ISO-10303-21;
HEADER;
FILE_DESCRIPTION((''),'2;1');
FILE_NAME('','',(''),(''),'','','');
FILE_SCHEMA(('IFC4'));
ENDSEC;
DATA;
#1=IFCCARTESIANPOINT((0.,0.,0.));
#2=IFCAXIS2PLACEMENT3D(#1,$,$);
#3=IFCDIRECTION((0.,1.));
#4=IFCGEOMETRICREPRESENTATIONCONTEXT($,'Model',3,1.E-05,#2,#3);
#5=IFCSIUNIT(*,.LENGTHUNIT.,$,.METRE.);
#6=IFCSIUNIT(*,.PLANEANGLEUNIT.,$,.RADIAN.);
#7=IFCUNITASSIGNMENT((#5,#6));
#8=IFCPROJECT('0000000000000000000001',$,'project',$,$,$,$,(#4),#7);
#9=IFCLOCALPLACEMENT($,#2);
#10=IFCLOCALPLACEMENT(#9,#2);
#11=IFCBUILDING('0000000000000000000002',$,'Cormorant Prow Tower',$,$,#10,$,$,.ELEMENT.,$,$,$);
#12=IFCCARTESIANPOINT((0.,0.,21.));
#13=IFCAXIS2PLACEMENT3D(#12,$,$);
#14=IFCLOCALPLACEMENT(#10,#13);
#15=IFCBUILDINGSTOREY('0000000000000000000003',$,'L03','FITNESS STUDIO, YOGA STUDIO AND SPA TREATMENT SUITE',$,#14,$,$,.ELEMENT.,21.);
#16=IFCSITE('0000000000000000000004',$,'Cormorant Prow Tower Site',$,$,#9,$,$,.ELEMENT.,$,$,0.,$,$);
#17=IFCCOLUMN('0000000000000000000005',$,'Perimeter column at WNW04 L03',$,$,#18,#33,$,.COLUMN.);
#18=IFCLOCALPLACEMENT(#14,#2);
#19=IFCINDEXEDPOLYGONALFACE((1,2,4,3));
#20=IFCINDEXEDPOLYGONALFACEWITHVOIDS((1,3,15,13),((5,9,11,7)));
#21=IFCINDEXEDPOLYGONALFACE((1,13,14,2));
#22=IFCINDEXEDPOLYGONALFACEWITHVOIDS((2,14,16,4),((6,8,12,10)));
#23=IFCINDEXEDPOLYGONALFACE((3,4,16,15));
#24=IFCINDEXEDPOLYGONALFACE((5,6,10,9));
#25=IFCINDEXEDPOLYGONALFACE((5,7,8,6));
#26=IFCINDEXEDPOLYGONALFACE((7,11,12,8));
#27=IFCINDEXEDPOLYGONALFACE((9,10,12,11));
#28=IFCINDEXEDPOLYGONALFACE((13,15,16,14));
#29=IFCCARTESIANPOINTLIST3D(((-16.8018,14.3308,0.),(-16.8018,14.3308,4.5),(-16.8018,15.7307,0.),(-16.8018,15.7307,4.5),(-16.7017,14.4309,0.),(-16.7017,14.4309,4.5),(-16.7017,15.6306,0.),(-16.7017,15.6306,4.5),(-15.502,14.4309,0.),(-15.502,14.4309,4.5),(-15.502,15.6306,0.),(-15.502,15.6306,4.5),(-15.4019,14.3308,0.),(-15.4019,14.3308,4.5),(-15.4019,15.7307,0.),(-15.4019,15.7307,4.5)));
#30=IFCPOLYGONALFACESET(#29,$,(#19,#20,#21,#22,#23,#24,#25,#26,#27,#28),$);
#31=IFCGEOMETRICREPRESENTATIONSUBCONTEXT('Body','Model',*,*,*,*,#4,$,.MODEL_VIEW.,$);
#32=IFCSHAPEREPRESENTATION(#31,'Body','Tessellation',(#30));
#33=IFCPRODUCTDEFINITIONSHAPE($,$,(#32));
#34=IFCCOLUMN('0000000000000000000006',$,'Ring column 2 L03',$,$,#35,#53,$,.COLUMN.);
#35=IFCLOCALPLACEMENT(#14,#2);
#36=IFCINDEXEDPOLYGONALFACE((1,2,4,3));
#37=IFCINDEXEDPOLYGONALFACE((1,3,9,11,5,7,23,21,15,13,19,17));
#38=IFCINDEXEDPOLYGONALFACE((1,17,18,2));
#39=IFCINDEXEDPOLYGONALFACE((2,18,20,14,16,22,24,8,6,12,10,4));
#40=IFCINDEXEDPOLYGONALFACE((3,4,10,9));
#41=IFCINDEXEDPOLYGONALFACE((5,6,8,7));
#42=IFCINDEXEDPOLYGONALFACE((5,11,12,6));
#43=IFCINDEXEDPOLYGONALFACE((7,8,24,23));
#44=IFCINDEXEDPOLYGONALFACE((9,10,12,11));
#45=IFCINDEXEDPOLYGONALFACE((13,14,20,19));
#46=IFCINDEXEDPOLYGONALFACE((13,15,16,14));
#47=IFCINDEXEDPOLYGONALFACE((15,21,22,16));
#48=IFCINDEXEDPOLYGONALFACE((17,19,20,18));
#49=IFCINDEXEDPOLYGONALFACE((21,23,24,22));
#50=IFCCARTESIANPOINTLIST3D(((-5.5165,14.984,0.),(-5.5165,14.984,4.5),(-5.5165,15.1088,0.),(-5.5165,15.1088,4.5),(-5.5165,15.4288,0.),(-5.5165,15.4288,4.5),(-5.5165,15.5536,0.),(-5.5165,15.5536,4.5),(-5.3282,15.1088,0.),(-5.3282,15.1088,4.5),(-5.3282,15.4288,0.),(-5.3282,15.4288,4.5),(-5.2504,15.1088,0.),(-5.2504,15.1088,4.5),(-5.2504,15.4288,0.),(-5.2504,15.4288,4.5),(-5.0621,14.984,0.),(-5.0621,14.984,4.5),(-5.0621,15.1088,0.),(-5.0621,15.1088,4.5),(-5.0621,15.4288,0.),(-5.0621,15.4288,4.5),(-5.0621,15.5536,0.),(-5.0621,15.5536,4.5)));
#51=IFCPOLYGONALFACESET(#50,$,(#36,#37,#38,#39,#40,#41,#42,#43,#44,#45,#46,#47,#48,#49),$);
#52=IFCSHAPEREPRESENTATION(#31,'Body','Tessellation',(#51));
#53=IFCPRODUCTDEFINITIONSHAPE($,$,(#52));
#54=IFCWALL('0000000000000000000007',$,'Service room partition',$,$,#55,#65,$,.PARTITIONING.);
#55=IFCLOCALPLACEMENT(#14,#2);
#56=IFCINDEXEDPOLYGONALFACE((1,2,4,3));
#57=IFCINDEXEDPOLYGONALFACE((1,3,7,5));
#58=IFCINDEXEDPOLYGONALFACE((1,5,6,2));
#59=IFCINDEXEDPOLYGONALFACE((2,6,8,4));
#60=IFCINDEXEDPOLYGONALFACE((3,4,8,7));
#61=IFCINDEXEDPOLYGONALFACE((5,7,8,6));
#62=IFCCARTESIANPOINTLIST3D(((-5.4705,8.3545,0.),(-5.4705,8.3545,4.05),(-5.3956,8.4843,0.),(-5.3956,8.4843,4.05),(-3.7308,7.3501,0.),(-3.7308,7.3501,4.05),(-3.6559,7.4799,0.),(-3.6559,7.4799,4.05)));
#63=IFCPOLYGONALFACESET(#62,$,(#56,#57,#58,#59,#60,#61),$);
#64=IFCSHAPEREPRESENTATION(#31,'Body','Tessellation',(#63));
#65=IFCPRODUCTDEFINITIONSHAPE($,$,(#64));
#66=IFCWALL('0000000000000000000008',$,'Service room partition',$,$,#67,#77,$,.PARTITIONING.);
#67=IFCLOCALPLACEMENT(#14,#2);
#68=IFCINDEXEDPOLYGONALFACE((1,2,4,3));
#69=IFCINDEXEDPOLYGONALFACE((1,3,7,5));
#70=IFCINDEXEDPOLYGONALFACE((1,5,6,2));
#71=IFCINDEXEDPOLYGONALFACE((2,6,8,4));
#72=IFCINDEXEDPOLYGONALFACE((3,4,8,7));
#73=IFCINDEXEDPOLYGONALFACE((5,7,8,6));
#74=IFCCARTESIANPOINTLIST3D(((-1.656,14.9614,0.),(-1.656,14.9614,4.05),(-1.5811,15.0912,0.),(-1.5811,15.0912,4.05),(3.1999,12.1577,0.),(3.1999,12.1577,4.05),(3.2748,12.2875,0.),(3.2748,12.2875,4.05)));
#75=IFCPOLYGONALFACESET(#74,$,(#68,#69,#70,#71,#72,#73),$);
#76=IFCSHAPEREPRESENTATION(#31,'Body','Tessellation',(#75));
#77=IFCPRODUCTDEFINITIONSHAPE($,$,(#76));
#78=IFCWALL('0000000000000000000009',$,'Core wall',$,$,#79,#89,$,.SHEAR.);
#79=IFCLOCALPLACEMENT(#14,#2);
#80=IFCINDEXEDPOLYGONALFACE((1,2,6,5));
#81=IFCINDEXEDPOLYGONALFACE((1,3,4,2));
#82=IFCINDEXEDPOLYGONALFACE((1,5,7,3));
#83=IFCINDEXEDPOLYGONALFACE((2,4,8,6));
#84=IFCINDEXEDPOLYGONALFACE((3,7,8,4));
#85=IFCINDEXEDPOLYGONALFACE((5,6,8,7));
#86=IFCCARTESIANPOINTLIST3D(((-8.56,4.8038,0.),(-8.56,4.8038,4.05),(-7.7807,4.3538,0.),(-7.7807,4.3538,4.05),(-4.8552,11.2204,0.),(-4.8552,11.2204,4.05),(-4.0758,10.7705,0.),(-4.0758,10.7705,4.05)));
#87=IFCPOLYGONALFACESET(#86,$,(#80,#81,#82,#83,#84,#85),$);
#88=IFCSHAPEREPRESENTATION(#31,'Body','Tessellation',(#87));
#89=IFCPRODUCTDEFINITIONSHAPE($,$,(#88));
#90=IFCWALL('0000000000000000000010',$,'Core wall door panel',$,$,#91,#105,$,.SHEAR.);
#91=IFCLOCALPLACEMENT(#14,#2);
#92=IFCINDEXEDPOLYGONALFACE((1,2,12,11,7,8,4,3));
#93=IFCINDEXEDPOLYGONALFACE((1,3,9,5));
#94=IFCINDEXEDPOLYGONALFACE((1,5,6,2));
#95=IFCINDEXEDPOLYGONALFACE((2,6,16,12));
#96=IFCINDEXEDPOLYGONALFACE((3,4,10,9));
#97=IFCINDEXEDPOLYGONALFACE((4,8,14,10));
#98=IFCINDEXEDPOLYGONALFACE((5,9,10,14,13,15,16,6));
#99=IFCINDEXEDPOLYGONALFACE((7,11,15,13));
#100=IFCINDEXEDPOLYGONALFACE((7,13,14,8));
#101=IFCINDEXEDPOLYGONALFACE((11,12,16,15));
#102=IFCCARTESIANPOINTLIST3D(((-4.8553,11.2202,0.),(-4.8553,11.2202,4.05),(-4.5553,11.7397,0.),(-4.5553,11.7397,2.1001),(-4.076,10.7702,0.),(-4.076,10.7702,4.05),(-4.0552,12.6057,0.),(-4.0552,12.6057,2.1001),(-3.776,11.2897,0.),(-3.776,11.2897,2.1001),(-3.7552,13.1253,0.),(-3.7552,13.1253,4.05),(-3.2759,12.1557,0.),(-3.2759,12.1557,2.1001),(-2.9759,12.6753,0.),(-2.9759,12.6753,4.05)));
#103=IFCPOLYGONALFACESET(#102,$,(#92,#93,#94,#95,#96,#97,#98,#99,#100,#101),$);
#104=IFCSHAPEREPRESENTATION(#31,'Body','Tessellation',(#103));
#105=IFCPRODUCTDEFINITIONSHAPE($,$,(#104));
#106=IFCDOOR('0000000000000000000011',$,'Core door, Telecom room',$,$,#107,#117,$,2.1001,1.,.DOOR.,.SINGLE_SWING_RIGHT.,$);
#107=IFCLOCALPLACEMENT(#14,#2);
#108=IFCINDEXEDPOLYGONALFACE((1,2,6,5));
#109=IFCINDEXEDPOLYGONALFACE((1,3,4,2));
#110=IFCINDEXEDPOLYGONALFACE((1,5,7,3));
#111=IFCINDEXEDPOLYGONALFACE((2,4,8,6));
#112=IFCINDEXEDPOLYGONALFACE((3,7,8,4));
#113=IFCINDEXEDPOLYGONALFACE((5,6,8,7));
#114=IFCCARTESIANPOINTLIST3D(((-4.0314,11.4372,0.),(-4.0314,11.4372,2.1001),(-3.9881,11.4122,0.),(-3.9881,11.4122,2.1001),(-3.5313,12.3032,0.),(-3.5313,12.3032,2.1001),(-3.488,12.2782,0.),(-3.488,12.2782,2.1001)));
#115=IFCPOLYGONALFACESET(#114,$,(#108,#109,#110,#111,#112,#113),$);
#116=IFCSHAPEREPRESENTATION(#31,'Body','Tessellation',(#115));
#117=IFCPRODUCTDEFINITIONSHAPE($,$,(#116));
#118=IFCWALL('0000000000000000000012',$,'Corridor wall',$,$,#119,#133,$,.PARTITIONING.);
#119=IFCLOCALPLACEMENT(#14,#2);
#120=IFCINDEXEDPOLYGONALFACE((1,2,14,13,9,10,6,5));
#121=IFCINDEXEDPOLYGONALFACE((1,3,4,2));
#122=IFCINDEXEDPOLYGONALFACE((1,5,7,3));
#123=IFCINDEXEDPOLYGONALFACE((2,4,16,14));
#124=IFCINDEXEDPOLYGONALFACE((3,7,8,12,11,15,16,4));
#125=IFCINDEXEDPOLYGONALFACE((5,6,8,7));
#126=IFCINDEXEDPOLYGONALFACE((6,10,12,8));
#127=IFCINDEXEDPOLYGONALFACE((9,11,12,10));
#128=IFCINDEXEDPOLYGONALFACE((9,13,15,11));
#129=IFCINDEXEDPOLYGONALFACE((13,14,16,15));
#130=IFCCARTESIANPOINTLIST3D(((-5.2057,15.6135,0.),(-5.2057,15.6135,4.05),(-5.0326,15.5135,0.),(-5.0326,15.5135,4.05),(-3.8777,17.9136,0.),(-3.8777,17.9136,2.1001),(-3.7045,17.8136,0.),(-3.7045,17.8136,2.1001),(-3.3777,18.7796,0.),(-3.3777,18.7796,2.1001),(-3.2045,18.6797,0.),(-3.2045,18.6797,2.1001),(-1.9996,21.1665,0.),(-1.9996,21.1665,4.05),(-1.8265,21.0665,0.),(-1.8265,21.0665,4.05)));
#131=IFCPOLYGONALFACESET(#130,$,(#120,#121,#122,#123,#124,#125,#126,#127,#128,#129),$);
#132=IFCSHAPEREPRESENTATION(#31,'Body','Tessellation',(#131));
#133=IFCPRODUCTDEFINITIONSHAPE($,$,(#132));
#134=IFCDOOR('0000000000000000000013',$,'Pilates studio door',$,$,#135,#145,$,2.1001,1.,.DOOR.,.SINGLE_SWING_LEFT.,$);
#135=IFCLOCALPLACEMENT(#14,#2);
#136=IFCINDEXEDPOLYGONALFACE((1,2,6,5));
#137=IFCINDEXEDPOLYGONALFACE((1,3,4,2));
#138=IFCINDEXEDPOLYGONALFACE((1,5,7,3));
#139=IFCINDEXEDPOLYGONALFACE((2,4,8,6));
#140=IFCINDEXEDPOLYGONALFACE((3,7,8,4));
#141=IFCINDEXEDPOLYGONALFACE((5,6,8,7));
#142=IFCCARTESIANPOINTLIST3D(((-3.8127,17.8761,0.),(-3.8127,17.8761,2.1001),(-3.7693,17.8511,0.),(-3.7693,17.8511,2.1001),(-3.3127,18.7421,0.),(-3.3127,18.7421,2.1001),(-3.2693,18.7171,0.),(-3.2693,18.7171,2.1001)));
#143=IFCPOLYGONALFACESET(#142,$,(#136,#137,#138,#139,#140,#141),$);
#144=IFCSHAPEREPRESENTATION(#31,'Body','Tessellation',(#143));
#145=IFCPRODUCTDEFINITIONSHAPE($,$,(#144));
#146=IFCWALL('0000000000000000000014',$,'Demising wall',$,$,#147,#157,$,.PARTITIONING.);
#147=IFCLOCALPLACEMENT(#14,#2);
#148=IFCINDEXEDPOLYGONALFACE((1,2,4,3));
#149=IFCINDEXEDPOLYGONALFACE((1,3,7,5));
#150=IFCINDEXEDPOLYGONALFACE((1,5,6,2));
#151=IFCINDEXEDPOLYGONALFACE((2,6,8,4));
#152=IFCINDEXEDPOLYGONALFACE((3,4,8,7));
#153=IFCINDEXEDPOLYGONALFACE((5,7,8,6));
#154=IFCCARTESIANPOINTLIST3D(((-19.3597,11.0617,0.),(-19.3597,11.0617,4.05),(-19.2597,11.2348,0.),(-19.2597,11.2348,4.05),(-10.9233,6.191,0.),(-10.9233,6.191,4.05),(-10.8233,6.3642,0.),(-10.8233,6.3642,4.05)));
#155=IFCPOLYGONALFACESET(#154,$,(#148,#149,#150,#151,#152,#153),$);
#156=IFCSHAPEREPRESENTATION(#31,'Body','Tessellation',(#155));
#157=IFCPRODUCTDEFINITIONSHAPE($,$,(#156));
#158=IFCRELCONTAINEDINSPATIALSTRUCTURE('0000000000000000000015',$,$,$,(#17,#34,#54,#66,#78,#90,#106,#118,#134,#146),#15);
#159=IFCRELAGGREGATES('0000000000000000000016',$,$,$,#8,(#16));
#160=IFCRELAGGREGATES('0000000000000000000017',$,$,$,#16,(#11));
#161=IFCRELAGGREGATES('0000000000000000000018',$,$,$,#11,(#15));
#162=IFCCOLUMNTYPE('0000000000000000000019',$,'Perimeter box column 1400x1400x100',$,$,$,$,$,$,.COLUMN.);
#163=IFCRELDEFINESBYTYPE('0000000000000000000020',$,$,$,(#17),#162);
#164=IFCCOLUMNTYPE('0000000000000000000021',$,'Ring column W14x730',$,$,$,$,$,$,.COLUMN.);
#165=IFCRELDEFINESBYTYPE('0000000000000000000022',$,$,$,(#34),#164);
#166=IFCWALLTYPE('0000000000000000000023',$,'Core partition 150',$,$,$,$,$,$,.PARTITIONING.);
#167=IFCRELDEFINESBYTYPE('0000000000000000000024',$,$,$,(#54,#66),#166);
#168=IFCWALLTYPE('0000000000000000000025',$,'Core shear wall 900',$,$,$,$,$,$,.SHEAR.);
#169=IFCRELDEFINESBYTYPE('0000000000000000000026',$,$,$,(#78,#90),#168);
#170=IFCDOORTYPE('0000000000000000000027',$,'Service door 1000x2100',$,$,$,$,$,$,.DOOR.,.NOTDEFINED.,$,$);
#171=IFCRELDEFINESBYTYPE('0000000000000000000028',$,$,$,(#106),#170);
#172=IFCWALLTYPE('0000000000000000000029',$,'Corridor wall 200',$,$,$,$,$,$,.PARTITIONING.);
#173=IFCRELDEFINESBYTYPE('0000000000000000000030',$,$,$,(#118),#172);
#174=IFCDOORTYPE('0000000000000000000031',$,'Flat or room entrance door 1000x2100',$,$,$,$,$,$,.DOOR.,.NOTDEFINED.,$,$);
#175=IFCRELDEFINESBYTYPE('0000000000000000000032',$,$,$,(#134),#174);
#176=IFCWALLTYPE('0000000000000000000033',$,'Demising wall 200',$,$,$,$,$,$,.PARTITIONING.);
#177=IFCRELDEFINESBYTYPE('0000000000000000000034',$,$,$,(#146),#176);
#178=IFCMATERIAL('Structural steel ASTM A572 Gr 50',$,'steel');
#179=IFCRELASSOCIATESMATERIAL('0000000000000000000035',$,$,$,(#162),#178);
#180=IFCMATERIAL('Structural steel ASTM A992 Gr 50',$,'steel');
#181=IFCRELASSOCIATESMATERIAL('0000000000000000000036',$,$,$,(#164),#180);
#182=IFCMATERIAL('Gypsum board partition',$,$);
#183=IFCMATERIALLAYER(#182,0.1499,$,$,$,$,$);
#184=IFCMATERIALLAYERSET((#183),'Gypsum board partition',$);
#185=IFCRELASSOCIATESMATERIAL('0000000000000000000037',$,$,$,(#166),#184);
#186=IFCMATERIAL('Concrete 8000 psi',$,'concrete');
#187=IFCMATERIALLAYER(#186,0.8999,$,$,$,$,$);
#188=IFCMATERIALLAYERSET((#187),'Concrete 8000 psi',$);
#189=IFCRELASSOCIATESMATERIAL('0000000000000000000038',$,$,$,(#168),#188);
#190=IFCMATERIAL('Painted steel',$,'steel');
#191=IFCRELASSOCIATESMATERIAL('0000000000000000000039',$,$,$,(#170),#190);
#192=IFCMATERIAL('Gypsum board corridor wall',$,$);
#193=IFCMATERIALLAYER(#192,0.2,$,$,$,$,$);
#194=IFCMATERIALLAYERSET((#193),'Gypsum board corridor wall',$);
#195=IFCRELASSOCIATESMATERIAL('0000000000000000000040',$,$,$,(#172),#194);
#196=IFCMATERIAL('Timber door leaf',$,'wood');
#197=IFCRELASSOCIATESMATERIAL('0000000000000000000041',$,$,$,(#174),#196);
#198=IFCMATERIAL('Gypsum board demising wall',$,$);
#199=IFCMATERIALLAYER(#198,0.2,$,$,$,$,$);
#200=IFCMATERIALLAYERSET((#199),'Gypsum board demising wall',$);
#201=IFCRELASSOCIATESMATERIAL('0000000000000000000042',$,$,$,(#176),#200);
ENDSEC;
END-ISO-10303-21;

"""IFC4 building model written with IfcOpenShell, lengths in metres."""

from ifc_helpers import new_model, si_unit, direction, frame, frame_2d, origin, origin_2d, place, context, subcontext, project, spatial, rectangle, hollow_rectangle, i_section, extrude, material, layer, layer_set, material_profile, profile_set, type_object, element, fill, save


model = new_model("IFC4")

# Units and contexts
model_context = context("Model", 3, precision=1e-05, world=origin(), true_north=direction((0.0, 1.0)))
body_context = subcontext(model_context, "Body", "Model", "MODEL_VIEW")
ifc_project = project(units=[si_unit("LENGTHUNIT", "METRE"), si_unit("PLANEANGLEUNIT", "RADIAN")], contexts=[model_context])

# Site, building, storey
site_placement = place(None, origin())
site = spatial("IfcSite", under=ifc_project, at=site_placement, Name="Cormorant Prow Tower Site", CompositionType="ELEMENT", RefElevation=0.0)
building_placement = place(site_placement, origin())
building = spatial("IfcBuilding", under=site, at=building_placement, Name="Cormorant Prow Tower", CompositionType="ELEMENT")
storey_placement = place(building_placement, frame((0.0, 0.0, 21.0)))
storey = spatial("IfcBuildingStorey", under=building, at=storey_placement, Name="L03", Description="FITNESS STUDIO, YOGA STUDIO AND SPA TREATMENT SUITE", CompositionType="ELEMENT", Elevation=21.0)

# Columns
ifc_material_1 = material(Name="Structural steel ASTM A572 Gr 50", Category="steel")
ifc_material_profile_1 = material_profile(ifc_material_1, hollow_rectangle(XDim=1.3999, YDim=1.3999, WallThickness=0.1001, at=origin_2d()), Name="Box 1400x1400x100")
ifc_profile_set_1 = profile_set([ifc_material_profile_1], Name="Structural steel ASTM A572 Gr 50")
column_type_1 = type_object("IfcColumnType", Name="Perimeter box column 1400x1400x100", PredefinedType="COLUMN", material=ifc_profile_set_1)
column_1_placement = place(storey_placement, frame((-16.1018, 15.0308, 0.0), z_axis=(0.0, 0.0, 1.0), x_axis=(1.0, 0.0, 0.0)))
element("IfcColumn", 1, at=column_1_placement, inside=storey, type_object=column_type_1, Name="Perimeter column at WNW04 L03", PredefinedType="COLUMN", context=body_context, shape_type="SweptSolid", body=[
    extrude(hollow_rectangle(XDim=1.3999, YDim=1.3999, WallThickness=0.1001, at=origin_2d()), origin(), (0.0, 0.0, 1.0), 4.5),
])
ifc_material_2 = material(Name="Structural steel ASTM A992 Gr 50", Category="steel")
ifc_material_profile_2 = material_profile(ifc_material_2, i_section(OverallWidth=0.4543, OverallDepth=0.5696, WebThickness=0.0779, FlangeThickness=0.1248, at=origin_2d()), Name="W14x730")
ifc_profile_set_2 = profile_set([ifc_material_profile_2], Name="Structural steel ASTM A992 Gr 50")
column_type_2 = type_object("IfcColumnType", Name="Ring column W14x730", PredefinedType="COLUMN", material=ifc_profile_set_2)
column_2_placement = place(storey_placement, frame((-5.2893, 15.2688, 0.0), z_axis=(0.0, 0.0, 1.0), x_axis=(1.0, 0.0, 0.0)))
element("IfcColumn", 2, at=column_2_placement, inside=storey, type_object=column_type_2, Name="Ring column 2 L03", PredefinedType="COLUMN", context=body_context, shape_type="SweptSolid", body=[
    extrude(i_section(OverallWidth=0.4543, OverallDepth=0.5696, WebThickness=0.0779, FlangeThickness=0.1248, at=origin_2d()), origin(), (0.0, 0.0, 1.0), 4.5),
])

# Walls
ifc_material_3 = material(Name="Gypsum board partition")
ifc_layer_1 = layer(ifc_material_3, 0.1499)
ifc_layer_set_1 = layer_set([ifc_layer_1], Name="Gypsum board partition")
wall_type_1 = type_object("IfcWallType", Name="Core partition 150", PredefinedType="PARTITIONING", material=ifc_layer_set_1)
wall_1_placement = place(storey_placement, frame((-3.6934, 7.415, 0.0), z_axis=(0.0, 0.0, 1.0), x_axis=(-0.866036, 0.499982, 0.0)))
element("IfcWall", 3, at=wall_1_placement, inside=storey, type_object=wall_type_1, Name="Service room partition", PredefinedType="PARTITIONING", context=body_context, shape_type="SweptSolid", body=[
    extrude(rectangle(XDim=2.0088, YDim=0.1499, at=frame_2d((1.0044, 0.0))), origin(), (0.0, 0.0, 1.0), 4.05),
])
wall_2_placement = place(storey_placement, frame((-1.6187, 15.0264, 0.0), z_axis=(0.0, 0.0, 1.0), x_axis=(0.866016, -0.500016, 0.0)))
element("IfcWall", 4, at=wall_2_placement, inside=storey, type_object=wall_type_1, Name="Service room partition", PredefinedType="PARTITIONING", context=body_context, shape_type="SweptSolid", body=[
    extrude(rectangle(XDim=5.6072, YDim=0.1499, at=frame_2d((2.8037, 0.0))), origin(), (0.0, 0.0, 1.0), 4.05),
])
ifc_material_4 = material(Name="Concrete 8000 psi", Category="concrete")
ifc_layer_2 = layer(ifc_material_4, 0.8999)
ifc_layer_set_2 = layer_set([ifc_layer_2], Name="Concrete 8000 psi")
wall_type_2 = type_object("IfcWallType", Name="Core shear wall 900", PredefinedType="SHEAR", material=ifc_layer_set_2)
wall_3_placement = place(storey_placement, frame((-4.4656, 10.9954, 0.0), z_axis=(0.0, 0.0, 1.0), x_axis=(-0.500012, -0.866018, 0.0)))
element("IfcWall", 5, at=wall_3_placement, inside=storey, type_object=wall_type_2, Name="Core wall", PredefinedType="SHEAR", context=body_context, shape_type="SweptSolid", body=[
    extrude(rectangle(XDim=7.4094, YDim=0.8999, at=frame_2d((3.7046, 0.0))), origin(), (0.0, 0.0, 1.0), 4.05),
])

# Walls, openings, doors
wall_4_placement = place(storey_placement, frame((-3.3655, 12.9004, 0.0), z_axis=(0.0, 0.0, 1.0), x_axis=(-0.500078, -0.86598, 0.0)))
wall_4 = element("IfcWall", 6, at=wall_4_placement, inside=storey, type_object=wall_type_2, Name="Core wall door panel", PredefinedType="SHEAR", context=body_context, shape_type="SweptSolid", body=[
    extrude(rectangle(XDim=2.2, YDim=0.8999, at=frame_2d((1.1001, 0.0))), origin(), (0.0, 0.0, 1.0), 4.05),
])
opening_1_placement = place(wall_4_placement, frame((0.6001, 0.0, 0.0)))
opening_1 = element("IfcOpeningElement", 7, at=opening_1_placement, cuts=wall_4, PredefinedType="OPENING", context=body_context, shape_type="SweptSolid", body=[
    extrude(rectangle(XDim=1.0, YDim=2.1001, at=frame_2d((0.5, 1.05))), frame((0.0, 0.46, 0.0), z_axis=(0.0, -1.0, 0.0), x_axis=(1.0, 0.0, 0.0)), (0.0, 0.0, 1.0), 0.9199),
])
ifc_material_5 = material(Name="Painted steel", Category="steel")
door_type_1 = type_object("IfcDoorType", Name="Service door 1000x2100", OperationType="NOTDEFINED", PredefinedType="DOOR", material=ifc_material_5)
door_1_placement = place(opening_1_placement, origin())
door_1 = element("IfcDoor", 8, at=door_1_placement, inside=storey, type_object=door_type_1, Name="Core door, Telecom room", OperationType="SINGLE_SWING_RIGHT", OverallHeight=2.1001, OverallWidth=1.0, PredefinedType="DOOR", context=body_context, shape_type="SweptSolid", body=[
    extrude(rectangle(XDim=1.0, YDim=2.1001, at=frame_2d((0.5, 1.05))), frame((0.0, 0.2051, 0.0), z_axis=(0.0, -1.0, 0.0), x_axis=(1.0, 0.0, 0.0)), (0.0, 0.0, 1.0), 0.05),
])
fill(opening_1, door_1)
ifc_material_6 = material(Name="Gypsum board corridor wall")
ifc_layer_3 = layer(ifc_material_6, 0.2)
ifc_layer_set_3 = layer_set([ifc_layer_3], Name="Gypsum board corridor wall")
wall_type_3 = type_object("IfcWallType", Name="Corridor wall 200", PredefinedType="PARTITIONING", material=ifc_layer_set_3)
wall_5_placement = place(storey_placement, frame((-5.1191, 15.5635, 0.0), z_axis=(0.0, 0.0, 1.0), x_axis=(0.500005, 0.866023, 0.0)))
wall_5 = element("IfcWall", 9, at=wall_5_placement, inside=storey, type_object=wall_type_3, Name="Corridor wall", PredefinedType="PARTITIONING", context=body_context, shape_type="SweptSolid", body=[
    extrude(rectangle(XDim=6.4121, YDim=0.2, at=frame_2d((3.2061, 0.0))), origin(), (0.0, 0.0, 1.0), 4.05),
])
opening_2_placement = place(wall_5_placement, frame((2.656, 0.0, 0.0)))
opening_2 = element("IfcOpeningElement", 10, at=opening_2_placement, cuts=wall_5, PredefinedType="OPENING", context=body_context, shape_type="SweptSolid", body=[
    extrude(rectangle(XDim=1.0, YDim=2.1001, at=frame_2d((0.5, 1.05))), frame((0.0, 0.1099, 0.0), z_axis=(0.0, -1.0, 0.0), x_axis=(1.0, 0.0, 0.0)), (0.0, 0.0, 1.0), 0.22),
])
ifc_material_7 = material(Name="Timber door leaf", Category="wood")
door_type_2 = type_object("IfcDoorType", Name="Flat or room entrance door 1000x2100", OperationType="NOTDEFINED", PredefinedType="DOOR", material=ifc_material_7)
door_2_placement = place(opening_2_placement, origin())
door_2 = element("IfcDoor", 11, at=door_2_placement, inside=storey, type_object=door_type_2, Name="Pilates studio door", OperationType="SINGLE_SWING_LEFT", OverallHeight=2.1001, OverallWidth=1.0, PredefinedType="DOOR", context=body_context, shape_type="SweptSolid", body=[
    extrude(rectangle(XDim=1.0, YDim=2.1001, at=frame_2d((0.5, 1.05))), frame((0.0, 0.0249, 0.0), z_axis=(0.0, -1.0, 0.0), x_axis=(1.0, 0.0, 0.0)), (0.0, 0.0, 1.0), 0.05),
])
fill(opening_2, door_2)

# Wall
ifc_material_8 = material(Name="Gypsum board demising wall")
ifc_layer_4 = layer(ifc_material_8, 0.2)
ifc_layer_set_4 = layer_set([ifc_layer_4], Name="Gypsum board demising wall")
wall_type_4 = type_object("IfcWallType", Name="Demising wall 200", PredefinedType="PARTITIONING", material=ifc_layer_set_4)
wall_6_placement = place(storey_placement, frame((-19.3096, 11.1482, 0.0), z_axis=(0.0, 0.0, 1.0), x_axis=(0.866029, -0.499994, 0.0)))
element("IfcWall", 12, at=wall_6_placement, inside=storey, type_object=wall_type_4, Name="Demising wall", PredefinedType="PARTITIONING", context=body_context, shape_type="SweptSolid", body=[
    extrude(rectangle(XDim=9.7415, YDim=0.2, at=frame_2d((4.8706, 0.0))), origin(), (0.0, 0.0, 1.0), 4.05),
])

save(model, "model.ifc")
